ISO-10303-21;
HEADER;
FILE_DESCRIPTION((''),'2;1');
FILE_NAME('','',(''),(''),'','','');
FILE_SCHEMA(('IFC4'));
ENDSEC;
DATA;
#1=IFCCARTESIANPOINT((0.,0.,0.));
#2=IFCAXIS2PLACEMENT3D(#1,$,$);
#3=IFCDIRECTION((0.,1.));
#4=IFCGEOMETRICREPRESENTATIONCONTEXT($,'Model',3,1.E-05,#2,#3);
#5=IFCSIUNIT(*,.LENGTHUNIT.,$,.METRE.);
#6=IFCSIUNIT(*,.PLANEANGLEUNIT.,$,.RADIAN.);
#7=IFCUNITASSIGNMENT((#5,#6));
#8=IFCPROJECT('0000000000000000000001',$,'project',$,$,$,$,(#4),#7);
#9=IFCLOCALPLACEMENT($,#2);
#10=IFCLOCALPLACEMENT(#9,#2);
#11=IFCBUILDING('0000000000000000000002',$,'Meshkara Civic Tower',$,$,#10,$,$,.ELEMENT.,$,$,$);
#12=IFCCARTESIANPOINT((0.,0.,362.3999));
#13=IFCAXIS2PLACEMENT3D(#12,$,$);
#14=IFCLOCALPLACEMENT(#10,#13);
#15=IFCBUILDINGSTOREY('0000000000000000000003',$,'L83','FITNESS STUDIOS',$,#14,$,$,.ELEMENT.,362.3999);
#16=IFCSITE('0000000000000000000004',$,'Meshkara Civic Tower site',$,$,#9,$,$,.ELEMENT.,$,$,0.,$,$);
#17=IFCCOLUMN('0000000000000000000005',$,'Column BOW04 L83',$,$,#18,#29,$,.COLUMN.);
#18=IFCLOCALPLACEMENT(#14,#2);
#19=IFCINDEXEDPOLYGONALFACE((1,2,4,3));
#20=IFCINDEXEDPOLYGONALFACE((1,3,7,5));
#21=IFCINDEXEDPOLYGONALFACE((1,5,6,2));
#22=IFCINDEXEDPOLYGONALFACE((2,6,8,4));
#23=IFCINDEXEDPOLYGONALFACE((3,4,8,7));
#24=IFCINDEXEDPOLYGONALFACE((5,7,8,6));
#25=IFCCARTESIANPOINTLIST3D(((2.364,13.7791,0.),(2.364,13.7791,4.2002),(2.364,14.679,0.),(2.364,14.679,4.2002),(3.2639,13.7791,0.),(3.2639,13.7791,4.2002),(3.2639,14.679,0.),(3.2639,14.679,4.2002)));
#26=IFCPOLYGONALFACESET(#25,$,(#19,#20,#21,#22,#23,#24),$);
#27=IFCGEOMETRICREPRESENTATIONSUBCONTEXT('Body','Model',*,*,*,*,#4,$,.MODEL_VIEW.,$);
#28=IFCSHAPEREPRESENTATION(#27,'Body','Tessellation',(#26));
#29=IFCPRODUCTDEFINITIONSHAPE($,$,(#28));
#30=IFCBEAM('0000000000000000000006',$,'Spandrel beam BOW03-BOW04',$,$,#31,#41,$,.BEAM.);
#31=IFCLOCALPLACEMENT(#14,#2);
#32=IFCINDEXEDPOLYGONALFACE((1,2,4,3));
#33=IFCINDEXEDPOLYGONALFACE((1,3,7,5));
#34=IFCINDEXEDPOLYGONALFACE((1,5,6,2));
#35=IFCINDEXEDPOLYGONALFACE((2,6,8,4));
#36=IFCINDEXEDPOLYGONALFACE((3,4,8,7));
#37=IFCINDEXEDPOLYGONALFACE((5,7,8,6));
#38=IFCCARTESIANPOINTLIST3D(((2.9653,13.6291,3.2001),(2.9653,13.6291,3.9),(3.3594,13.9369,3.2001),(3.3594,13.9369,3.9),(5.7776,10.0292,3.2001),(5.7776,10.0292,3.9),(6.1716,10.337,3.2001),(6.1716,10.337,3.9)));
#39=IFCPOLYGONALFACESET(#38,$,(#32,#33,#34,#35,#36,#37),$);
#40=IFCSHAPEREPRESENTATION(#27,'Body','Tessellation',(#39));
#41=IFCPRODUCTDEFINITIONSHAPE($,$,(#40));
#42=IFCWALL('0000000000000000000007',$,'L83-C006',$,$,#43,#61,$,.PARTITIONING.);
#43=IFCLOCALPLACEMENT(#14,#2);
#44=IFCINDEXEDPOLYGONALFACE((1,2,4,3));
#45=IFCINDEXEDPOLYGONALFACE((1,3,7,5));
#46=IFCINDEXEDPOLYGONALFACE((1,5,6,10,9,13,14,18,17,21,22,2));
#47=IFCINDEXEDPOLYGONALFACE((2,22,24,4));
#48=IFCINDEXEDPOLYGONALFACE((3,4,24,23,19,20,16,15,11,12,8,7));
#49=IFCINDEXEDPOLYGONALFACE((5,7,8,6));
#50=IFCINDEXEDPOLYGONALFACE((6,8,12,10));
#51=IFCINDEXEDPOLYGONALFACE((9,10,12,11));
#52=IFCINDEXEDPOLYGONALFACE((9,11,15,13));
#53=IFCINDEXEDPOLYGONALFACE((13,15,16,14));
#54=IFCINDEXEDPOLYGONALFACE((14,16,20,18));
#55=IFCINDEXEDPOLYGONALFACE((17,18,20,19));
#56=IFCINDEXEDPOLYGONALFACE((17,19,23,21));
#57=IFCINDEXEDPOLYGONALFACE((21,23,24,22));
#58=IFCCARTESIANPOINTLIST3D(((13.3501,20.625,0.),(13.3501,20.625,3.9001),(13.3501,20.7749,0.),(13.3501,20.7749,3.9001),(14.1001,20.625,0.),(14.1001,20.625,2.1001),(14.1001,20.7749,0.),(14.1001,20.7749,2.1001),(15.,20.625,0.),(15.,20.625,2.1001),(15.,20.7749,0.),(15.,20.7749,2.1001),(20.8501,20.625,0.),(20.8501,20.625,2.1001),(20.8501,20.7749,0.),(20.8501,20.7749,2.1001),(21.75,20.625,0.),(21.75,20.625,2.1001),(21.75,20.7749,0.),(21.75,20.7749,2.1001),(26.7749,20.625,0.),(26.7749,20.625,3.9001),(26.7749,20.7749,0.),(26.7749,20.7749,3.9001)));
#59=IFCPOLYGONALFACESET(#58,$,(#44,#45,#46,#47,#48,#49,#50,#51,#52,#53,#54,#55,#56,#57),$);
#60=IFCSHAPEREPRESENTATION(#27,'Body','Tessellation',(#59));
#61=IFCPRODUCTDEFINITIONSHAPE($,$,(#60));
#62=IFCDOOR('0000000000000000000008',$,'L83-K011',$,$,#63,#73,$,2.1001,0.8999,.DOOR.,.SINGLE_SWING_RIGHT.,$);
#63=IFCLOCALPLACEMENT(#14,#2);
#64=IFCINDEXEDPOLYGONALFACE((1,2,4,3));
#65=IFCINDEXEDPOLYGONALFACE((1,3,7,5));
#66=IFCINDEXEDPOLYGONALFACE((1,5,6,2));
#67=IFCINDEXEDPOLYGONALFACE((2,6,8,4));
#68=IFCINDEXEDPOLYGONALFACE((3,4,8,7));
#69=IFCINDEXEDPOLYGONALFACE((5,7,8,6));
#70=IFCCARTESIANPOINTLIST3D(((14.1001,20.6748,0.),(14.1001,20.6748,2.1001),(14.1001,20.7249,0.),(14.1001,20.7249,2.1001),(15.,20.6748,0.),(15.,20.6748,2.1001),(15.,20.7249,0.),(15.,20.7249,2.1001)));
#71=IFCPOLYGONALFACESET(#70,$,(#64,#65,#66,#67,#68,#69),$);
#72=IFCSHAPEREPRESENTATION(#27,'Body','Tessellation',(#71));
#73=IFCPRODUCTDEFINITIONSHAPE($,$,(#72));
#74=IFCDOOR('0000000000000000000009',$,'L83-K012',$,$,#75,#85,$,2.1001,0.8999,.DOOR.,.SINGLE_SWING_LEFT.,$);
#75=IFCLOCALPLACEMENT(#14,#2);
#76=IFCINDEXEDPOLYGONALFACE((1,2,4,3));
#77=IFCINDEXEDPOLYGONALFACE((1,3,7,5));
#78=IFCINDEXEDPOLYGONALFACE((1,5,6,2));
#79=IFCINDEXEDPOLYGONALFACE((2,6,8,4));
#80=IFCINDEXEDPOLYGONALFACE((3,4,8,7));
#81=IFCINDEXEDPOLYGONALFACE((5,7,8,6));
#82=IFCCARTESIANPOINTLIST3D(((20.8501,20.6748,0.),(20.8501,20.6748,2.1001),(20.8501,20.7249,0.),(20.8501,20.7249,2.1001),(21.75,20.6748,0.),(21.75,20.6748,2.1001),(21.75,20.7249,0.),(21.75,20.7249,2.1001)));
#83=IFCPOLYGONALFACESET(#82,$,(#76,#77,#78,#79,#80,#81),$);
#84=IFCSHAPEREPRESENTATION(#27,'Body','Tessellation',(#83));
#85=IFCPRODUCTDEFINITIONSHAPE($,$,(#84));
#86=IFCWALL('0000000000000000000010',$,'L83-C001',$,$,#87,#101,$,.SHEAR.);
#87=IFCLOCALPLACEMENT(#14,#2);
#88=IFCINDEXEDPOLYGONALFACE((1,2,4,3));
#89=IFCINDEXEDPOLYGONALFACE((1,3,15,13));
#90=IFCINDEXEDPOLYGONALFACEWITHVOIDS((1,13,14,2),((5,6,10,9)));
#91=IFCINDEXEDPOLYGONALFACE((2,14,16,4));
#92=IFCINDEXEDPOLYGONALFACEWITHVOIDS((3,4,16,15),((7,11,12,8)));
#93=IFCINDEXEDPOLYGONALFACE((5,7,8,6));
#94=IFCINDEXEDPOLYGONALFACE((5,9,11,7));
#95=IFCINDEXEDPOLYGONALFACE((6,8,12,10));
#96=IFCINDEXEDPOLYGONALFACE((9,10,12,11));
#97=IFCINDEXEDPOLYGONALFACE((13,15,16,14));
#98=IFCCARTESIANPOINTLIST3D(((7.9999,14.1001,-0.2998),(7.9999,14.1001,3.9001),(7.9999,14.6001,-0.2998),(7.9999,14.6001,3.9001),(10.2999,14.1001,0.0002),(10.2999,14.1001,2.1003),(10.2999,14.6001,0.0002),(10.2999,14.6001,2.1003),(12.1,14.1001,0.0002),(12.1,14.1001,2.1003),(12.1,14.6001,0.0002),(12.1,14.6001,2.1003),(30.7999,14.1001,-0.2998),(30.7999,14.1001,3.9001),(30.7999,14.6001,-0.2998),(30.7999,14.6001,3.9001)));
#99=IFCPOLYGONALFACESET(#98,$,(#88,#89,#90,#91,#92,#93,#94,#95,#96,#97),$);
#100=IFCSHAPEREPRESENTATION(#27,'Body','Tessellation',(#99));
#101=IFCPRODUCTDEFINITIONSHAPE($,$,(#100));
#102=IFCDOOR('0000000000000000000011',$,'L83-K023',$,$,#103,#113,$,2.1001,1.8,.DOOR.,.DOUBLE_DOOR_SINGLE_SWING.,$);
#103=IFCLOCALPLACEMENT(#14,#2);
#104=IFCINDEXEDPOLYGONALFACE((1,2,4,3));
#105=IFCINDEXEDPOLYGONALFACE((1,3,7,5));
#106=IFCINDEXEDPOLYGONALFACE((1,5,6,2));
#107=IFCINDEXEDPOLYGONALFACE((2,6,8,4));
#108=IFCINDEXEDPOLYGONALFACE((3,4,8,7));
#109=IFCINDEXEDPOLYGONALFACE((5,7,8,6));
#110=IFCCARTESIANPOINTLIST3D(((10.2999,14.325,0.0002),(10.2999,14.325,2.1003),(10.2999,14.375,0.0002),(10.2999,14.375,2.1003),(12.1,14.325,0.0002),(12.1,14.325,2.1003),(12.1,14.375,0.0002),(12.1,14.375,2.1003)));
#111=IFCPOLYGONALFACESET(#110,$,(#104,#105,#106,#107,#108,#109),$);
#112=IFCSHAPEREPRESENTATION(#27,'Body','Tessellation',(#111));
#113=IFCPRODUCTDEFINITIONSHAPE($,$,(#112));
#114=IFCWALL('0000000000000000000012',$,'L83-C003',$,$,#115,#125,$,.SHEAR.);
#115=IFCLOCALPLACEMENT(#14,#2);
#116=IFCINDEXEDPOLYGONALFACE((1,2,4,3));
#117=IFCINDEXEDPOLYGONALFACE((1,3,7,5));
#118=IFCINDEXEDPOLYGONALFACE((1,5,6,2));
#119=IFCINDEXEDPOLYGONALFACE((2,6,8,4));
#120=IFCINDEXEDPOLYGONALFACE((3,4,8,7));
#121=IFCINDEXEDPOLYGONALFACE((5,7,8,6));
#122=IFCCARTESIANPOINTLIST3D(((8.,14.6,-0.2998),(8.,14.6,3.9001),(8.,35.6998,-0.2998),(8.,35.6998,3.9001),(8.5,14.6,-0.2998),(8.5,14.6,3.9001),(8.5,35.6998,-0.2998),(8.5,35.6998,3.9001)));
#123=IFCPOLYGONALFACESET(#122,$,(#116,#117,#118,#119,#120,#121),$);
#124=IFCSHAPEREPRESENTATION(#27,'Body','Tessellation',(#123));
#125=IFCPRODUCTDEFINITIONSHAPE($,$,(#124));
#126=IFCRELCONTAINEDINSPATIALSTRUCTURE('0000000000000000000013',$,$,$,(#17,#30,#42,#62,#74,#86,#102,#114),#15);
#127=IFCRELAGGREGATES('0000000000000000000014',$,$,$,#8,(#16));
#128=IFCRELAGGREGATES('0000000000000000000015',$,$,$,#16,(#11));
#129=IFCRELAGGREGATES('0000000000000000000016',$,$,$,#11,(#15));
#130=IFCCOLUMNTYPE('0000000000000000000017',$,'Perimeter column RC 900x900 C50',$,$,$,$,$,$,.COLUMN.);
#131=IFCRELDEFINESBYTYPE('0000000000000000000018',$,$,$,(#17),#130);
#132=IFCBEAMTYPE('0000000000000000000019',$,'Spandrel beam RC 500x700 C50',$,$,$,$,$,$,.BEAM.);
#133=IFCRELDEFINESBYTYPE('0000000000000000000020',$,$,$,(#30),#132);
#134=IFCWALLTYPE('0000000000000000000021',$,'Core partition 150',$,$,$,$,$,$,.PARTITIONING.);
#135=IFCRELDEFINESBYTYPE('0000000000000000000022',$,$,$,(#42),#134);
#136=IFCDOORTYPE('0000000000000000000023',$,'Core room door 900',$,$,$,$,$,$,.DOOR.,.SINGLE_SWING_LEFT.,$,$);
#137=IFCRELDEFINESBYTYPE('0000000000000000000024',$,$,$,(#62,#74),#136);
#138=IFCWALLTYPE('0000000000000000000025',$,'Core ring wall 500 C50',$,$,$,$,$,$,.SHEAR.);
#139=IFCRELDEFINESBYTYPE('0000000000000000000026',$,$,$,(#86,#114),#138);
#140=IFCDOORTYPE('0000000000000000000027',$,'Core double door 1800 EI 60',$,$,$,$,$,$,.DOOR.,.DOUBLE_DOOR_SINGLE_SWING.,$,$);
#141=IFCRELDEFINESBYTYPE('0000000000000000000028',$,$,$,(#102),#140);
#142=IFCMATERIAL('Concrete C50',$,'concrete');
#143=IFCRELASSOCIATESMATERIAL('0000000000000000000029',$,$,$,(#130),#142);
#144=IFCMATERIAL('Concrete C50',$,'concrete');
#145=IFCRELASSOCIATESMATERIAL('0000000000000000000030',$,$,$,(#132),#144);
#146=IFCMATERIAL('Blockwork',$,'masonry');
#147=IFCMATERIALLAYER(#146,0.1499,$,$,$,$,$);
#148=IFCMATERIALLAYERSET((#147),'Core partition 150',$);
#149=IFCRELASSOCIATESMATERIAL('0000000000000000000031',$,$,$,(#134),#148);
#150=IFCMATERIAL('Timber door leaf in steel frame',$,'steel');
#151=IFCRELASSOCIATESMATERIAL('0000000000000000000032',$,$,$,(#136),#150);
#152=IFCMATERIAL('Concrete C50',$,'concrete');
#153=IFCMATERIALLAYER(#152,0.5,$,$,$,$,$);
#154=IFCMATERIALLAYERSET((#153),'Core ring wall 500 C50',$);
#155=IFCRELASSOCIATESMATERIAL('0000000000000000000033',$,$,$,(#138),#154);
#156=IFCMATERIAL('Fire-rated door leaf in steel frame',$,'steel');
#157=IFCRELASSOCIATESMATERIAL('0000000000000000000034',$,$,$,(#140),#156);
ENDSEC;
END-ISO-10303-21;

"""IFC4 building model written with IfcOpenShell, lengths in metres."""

from ifc_helpers import new_model, si_unit, direction, frame, frame_2d, origin, origin_2d, place, context, subcontext, project, spatial, rectangle, extrude, material, layer, layer_set, material_profile, profile_set, type_object, element, fill, save


model = new_model("IFC4")

# Units and contexts
model_context = context("Model", 3, precision=1e-05, world=origin(), true_north=direction((0.0, 1.0)))
body_context = subcontext(model_context, "Body", "Model", "MODEL_VIEW")
ifc_project = project(units=[si_unit("LENGTHUNIT", "METRE"), si_unit("PLANEANGLEUNIT", "RADIAN")], contexts=[model_context])

# Site, building, storey
site_placement = place(None, origin())
site = spatial("IfcSite", under=ifc_project, at=site_placement, Name="Meshkara Civic Tower site", CompositionType="ELEMENT", RefElevation=0.0)
building_placement = place(site_placement, origin())
building = spatial("IfcBuilding", under=site, at=building_placement, Name="Meshkara Civic Tower", CompositionType="ELEMENT")
storey_placement = place(building_placement, frame((0.0, 0.0, 362.3999)))
storey = spatial("IfcBuildingStorey", under=building, at=storey_placement, Name="L83", Description="FITNESS STUDIOS", CompositionType="ELEMENT", Elevation=362.3999)

# Column
ifc_material_1 = material(Name="Concrete C50", Category="concrete")
ifc_material_profile_1 = material_profile(ifc_material_1, rectangle(XDim=0.8999, YDim=0.8999, at=origin_2d()))
ifc_profile_set_1 = profile_set([ifc_material_profile_1], Name="Concrete C50")
column_type = type_object("IfcColumnType", Name="Perimeter column RC 900x900 C50", PredefinedType="COLUMN", material=ifc_profile_set_1)
column_placement = place(storey_placement, frame((2.814, 14.229, 0.0), z_axis=(0.0, 0.0, 1.0), x_axis=(1.0, 0.0, 0.0)))
element("IfcColumn", 1, at=column_placement, inside=storey, type_object=column_type, Name="Column BOW04 L83", PredefinedType="COLUMN", context=body_context, shape_type="SweptSolid", body=[
    extrude(rectangle(XDim=0.8999, YDim=0.8999, at=origin_2d()), origin(), (0.0, 0.0, 1.0), 4.2002),
])

# Beam
ifc_material_2 = material(Name="Concrete C50", Category="concrete")
ifc_material_profile_2 = material_profile(ifc_material_2, rectangle(XDim=0.5, YDim=0.7, at=origin_2d()))
ifc_profile_set_2 = profile_set([ifc_material_profile_2], Name="Concrete C50")
beam_type = type_object("IfcBeamType", Name="Spandrel beam RC 500x700 C50", PredefinedType="BEAM", material=ifc_profile_set_2)
beam_placement = place(storey_placement, frame((3.1624, 13.783, 3.55), z_axis=(0.615626, -0.788038, 0.0), x_axis=(0.788038, 0.615626, 0.0)))
element("IfcBeam", 2, at=beam_placement, inside=storey, type_object=beam_type, Name="Spandrel beam BOW03-BOW04", PredefinedType="BEAM", context=body_context, shape_type="SweptSolid", body=[
    extrude(rectangle(XDim=0.5, YDim=0.7, at=origin_2d()), origin(), (0.0, 0.0, 1.0), 4.5681),
])

# Wall, openings, doors
ifc_material_3 = material(Name="Blockwork", Category="masonry")
ifc_layer_1 = layer(ifc_material_3, 0.1499)
ifc_layer_set_1 = layer_set([ifc_layer_1], Name="Core partition 150")
wall_type_1 = type_object("IfcWallType", Name="Core partition 150", PredefinedType="PARTITIONING", material=ifc_layer_set_1)
wall_1_placement = place(storey_placement, frame((13.3501, 20.7, 0.0), z_axis=(0.0, 0.0, 1.0), x_axis=(1.0, 0.0, 0.0)))
wall_1 = element("IfcWall", 3, at=wall_1_placement, inside=storey, type_object=wall_type_1, Name="L83-C006", PredefinedType="PARTITIONING", context=body_context, shape_type="SweptSolid", body=[
    extrude(rectangle(XDim=13.4248, YDim=0.1499, at=frame_2d((6.7124, 0.0))), origin(), (0.0, 0.0, 1.0), 3.9001),
])
opening_1_placement = place(wall_1_placement, frame((0.75, 0.0, 0.0)))
opening_1 = element("IfcOpeningElement", 4, at=opening_1_placement, cuts=wall_1, PredefinedType="OPENING", context=body_context, shape_type="SweptSolid", body=[
    extrude(rectangle(XDim=0.8999, YDim=2.1001, at=frame_2d((0.45, 1.05))), frame((0.0, 0.085, 0.0), z_axis=(0.0, -1.0, 0.0), x_axis=(1.0, 0.0, 0.0)), (0.0, 0.0, 1.0), 0.1699),
])
opening_2_placement = place(wall_1_placement, frame((7.5, 0.0, 0.0)))
opening_2 = element("IfcOpeningElement", 5, at=opening_2_placement, cuts=wall_1, PredefinedType="OPENING", context=body_context, shape_type="SweptSolid", body=[
    extrude(rectangle(XDim=0.8999, YDim=2.1001, at=frame_2d((0.45, 1.05))), frame((0.0, 0.085, 0.0), z_axis=(0.0, -1.0, 0.0), x_axis=(1.0, 0.0, 0.0)), (0.0, 0.0, 1.0), 0.1699),
])
ifc_material_4 = material(Name="Timber door leaf in steel frame", Category="steel")
door_type_1 = type_object("IfcDoorType", Name="Core room door 900", OperationType="SINGLE_SWING_LEFT", PredefinedType="DOOR", material=ifc_material_4)
door_1_placement = place(opening_1_placement, origin())
door_1 = element("IfcDoor", 6, at=door_1_placement, inside=storey, type_object=door_type_1, Name="L83-K011", OperationType="SINGLE_SWING_RIGHT", OverallHeight=2.1001, OverallWidth=0.8999, PredefinedType="DOOR", context=body_context, shape_type="SweptSolid", body=[
    extrude(rectangle(XDim=0.8999, YDim=2.1001, at=frame_2d((0.45, 1.05))), frame((0.0, 0.0249, 0.0), z_axis=(0.0, -1.0, 0.0), x_axis=(1.0, 0.0, 0.0)), (0.0, 0.0, 1.0), 0.05),
])
fill(opening_1, door_1)
door_2_placement = place(opening_2_placement, origin())
door_2 = element("IfcDoor", 7, at=door_2_placement, inside=storey, type_object=door_type_1, Name="L83-K012", OperationType="SINGLE_SWING_LEFT", OverallHeight=2.1001, OverallWidth=0.8999, PredefinedType="DOOR", context=body_context, shape_type="SweptSolid", body=[
    extrude(rectangle(XDim=0.8999, YDim=2.1001, at=frame_2d((0.45, 1.05))), frame((0.0, 0.0249, 0.0), z_axis=(0.0, -1.0, 0.0), x_axis=(1.0, 0.0, 0.0)), (0.0, 0.0, 1.0), 0.05),
])
fill(opening_2, door_2)

# Wall, opening, door
ifc_material_5 = material(Name="Concrete C50", Category="concrete")
ifc_layer_2 = layer(ifc_material_5, 0.5)
ifc_layer_set_2 = layer_set([ifc_layer_2], Name="Core ring wall 500 C50")
wall_type_2 = type_object("IfcWallType", Name="Core ring wall 500 C50", PredefinedType="SHEAR", material=ifc_layer_set_2)
wall_2_placement = place(storey_placement, frame((8.0, 14.3501, -0.2998), z_axis=(0.0, 0.0, 1.0), x_axis=(1.0, 0.0, 0.0)))
wall_2 = element("IfcWall", 8, at=wall_2_placement, inside=storey, type_object=wall_type_2, Name="L83-C001", PredefinedType="SHEAR", context=body_context, shape_type="SweptSolid", body=[
    extrude(rectangle(XDim=22.8, YDim=0.5, at=frame_2d((11.3999, 0.0))), origin(), (0.0, 0.0, 1.0), 4.2),
])
opening_3_placement = place(wall_2_placement, frame((2.3, 0.0, 0.3)))
opening_3 = element("IfcOpeningElement", 9, at=opening_3_placement, cuts=wall_2, PredefinedType="OPENING", context=body_context, shape_type="SweptSolid", body=[
    extrude(rectangle(XDim=1.8, YDim=2.1001, at=frame_2d((0.8999, 1.05))), frame((0.0, 0.26, 0.0), z_axis=(0.0, -1.0, 0.0), x_axis=(1.0, 0.0, 0.0)), (0.0, 0.0, 1.0), 0.52),
])
ifc_material_6 = material(Name="Fire-rated door leaf in steel frame", Category="steel")
door_type_2 = type_object("IfcDoorType", Name="Core double door 1800 EI 60", OperationType="DOUBLE_DOOR_SINGLE_SWING", PredefinedType="DOOR", material=ifc_material_6)
door_3_placement = place(opening_3_placement, origin())
door_3 = element("IfcDoor", 10, at=door_3_placement, inside=storey, type_object=door_type_2, Name="L83-K023", OperationType="DOUBLE_DOOR_SINGLE_SWING", OverallHeight=2.1001, OverallWidth=1.8, PredefinedType="DOOR", context=body_context, shape_type="SweptSolid", body=[
    extrude(rectangle(XDim=1.8, YDim=2.1001, at=frame_2d((0.8999, 1.05))), frame((0.0, 0.0249, 0.0), z_axis=(0.0, -1.0, 0.0), x_axis=(1.0, 0.0, 0.0)), (0.0, 0.0, 1.0), 0.05),
])
fill(opening_3, door_3)

# Wall
wall_3_placement = place(storey_placement, frame((8.25, 14.6001, -0.2998), z_axis=(0.0, 0.0, 1.0), x_axis=(0.0, 1.0, 0.0)))
element("IfcWall", 11, at=wall_3_placement, inside=storey, type_object=wall_type_2, Name="L83-C003", PredefinedType="SHEAR", context=body_context, shape_type="SweptSolid", body=[
    extrude(rectangle(XDim=21.0999, YDim=0.5, at=frame_2d((10.5498, 0.0))), origin(), (0.0, 0.0, 1.0), 4.2),
])

save(model, "model.ifc")
